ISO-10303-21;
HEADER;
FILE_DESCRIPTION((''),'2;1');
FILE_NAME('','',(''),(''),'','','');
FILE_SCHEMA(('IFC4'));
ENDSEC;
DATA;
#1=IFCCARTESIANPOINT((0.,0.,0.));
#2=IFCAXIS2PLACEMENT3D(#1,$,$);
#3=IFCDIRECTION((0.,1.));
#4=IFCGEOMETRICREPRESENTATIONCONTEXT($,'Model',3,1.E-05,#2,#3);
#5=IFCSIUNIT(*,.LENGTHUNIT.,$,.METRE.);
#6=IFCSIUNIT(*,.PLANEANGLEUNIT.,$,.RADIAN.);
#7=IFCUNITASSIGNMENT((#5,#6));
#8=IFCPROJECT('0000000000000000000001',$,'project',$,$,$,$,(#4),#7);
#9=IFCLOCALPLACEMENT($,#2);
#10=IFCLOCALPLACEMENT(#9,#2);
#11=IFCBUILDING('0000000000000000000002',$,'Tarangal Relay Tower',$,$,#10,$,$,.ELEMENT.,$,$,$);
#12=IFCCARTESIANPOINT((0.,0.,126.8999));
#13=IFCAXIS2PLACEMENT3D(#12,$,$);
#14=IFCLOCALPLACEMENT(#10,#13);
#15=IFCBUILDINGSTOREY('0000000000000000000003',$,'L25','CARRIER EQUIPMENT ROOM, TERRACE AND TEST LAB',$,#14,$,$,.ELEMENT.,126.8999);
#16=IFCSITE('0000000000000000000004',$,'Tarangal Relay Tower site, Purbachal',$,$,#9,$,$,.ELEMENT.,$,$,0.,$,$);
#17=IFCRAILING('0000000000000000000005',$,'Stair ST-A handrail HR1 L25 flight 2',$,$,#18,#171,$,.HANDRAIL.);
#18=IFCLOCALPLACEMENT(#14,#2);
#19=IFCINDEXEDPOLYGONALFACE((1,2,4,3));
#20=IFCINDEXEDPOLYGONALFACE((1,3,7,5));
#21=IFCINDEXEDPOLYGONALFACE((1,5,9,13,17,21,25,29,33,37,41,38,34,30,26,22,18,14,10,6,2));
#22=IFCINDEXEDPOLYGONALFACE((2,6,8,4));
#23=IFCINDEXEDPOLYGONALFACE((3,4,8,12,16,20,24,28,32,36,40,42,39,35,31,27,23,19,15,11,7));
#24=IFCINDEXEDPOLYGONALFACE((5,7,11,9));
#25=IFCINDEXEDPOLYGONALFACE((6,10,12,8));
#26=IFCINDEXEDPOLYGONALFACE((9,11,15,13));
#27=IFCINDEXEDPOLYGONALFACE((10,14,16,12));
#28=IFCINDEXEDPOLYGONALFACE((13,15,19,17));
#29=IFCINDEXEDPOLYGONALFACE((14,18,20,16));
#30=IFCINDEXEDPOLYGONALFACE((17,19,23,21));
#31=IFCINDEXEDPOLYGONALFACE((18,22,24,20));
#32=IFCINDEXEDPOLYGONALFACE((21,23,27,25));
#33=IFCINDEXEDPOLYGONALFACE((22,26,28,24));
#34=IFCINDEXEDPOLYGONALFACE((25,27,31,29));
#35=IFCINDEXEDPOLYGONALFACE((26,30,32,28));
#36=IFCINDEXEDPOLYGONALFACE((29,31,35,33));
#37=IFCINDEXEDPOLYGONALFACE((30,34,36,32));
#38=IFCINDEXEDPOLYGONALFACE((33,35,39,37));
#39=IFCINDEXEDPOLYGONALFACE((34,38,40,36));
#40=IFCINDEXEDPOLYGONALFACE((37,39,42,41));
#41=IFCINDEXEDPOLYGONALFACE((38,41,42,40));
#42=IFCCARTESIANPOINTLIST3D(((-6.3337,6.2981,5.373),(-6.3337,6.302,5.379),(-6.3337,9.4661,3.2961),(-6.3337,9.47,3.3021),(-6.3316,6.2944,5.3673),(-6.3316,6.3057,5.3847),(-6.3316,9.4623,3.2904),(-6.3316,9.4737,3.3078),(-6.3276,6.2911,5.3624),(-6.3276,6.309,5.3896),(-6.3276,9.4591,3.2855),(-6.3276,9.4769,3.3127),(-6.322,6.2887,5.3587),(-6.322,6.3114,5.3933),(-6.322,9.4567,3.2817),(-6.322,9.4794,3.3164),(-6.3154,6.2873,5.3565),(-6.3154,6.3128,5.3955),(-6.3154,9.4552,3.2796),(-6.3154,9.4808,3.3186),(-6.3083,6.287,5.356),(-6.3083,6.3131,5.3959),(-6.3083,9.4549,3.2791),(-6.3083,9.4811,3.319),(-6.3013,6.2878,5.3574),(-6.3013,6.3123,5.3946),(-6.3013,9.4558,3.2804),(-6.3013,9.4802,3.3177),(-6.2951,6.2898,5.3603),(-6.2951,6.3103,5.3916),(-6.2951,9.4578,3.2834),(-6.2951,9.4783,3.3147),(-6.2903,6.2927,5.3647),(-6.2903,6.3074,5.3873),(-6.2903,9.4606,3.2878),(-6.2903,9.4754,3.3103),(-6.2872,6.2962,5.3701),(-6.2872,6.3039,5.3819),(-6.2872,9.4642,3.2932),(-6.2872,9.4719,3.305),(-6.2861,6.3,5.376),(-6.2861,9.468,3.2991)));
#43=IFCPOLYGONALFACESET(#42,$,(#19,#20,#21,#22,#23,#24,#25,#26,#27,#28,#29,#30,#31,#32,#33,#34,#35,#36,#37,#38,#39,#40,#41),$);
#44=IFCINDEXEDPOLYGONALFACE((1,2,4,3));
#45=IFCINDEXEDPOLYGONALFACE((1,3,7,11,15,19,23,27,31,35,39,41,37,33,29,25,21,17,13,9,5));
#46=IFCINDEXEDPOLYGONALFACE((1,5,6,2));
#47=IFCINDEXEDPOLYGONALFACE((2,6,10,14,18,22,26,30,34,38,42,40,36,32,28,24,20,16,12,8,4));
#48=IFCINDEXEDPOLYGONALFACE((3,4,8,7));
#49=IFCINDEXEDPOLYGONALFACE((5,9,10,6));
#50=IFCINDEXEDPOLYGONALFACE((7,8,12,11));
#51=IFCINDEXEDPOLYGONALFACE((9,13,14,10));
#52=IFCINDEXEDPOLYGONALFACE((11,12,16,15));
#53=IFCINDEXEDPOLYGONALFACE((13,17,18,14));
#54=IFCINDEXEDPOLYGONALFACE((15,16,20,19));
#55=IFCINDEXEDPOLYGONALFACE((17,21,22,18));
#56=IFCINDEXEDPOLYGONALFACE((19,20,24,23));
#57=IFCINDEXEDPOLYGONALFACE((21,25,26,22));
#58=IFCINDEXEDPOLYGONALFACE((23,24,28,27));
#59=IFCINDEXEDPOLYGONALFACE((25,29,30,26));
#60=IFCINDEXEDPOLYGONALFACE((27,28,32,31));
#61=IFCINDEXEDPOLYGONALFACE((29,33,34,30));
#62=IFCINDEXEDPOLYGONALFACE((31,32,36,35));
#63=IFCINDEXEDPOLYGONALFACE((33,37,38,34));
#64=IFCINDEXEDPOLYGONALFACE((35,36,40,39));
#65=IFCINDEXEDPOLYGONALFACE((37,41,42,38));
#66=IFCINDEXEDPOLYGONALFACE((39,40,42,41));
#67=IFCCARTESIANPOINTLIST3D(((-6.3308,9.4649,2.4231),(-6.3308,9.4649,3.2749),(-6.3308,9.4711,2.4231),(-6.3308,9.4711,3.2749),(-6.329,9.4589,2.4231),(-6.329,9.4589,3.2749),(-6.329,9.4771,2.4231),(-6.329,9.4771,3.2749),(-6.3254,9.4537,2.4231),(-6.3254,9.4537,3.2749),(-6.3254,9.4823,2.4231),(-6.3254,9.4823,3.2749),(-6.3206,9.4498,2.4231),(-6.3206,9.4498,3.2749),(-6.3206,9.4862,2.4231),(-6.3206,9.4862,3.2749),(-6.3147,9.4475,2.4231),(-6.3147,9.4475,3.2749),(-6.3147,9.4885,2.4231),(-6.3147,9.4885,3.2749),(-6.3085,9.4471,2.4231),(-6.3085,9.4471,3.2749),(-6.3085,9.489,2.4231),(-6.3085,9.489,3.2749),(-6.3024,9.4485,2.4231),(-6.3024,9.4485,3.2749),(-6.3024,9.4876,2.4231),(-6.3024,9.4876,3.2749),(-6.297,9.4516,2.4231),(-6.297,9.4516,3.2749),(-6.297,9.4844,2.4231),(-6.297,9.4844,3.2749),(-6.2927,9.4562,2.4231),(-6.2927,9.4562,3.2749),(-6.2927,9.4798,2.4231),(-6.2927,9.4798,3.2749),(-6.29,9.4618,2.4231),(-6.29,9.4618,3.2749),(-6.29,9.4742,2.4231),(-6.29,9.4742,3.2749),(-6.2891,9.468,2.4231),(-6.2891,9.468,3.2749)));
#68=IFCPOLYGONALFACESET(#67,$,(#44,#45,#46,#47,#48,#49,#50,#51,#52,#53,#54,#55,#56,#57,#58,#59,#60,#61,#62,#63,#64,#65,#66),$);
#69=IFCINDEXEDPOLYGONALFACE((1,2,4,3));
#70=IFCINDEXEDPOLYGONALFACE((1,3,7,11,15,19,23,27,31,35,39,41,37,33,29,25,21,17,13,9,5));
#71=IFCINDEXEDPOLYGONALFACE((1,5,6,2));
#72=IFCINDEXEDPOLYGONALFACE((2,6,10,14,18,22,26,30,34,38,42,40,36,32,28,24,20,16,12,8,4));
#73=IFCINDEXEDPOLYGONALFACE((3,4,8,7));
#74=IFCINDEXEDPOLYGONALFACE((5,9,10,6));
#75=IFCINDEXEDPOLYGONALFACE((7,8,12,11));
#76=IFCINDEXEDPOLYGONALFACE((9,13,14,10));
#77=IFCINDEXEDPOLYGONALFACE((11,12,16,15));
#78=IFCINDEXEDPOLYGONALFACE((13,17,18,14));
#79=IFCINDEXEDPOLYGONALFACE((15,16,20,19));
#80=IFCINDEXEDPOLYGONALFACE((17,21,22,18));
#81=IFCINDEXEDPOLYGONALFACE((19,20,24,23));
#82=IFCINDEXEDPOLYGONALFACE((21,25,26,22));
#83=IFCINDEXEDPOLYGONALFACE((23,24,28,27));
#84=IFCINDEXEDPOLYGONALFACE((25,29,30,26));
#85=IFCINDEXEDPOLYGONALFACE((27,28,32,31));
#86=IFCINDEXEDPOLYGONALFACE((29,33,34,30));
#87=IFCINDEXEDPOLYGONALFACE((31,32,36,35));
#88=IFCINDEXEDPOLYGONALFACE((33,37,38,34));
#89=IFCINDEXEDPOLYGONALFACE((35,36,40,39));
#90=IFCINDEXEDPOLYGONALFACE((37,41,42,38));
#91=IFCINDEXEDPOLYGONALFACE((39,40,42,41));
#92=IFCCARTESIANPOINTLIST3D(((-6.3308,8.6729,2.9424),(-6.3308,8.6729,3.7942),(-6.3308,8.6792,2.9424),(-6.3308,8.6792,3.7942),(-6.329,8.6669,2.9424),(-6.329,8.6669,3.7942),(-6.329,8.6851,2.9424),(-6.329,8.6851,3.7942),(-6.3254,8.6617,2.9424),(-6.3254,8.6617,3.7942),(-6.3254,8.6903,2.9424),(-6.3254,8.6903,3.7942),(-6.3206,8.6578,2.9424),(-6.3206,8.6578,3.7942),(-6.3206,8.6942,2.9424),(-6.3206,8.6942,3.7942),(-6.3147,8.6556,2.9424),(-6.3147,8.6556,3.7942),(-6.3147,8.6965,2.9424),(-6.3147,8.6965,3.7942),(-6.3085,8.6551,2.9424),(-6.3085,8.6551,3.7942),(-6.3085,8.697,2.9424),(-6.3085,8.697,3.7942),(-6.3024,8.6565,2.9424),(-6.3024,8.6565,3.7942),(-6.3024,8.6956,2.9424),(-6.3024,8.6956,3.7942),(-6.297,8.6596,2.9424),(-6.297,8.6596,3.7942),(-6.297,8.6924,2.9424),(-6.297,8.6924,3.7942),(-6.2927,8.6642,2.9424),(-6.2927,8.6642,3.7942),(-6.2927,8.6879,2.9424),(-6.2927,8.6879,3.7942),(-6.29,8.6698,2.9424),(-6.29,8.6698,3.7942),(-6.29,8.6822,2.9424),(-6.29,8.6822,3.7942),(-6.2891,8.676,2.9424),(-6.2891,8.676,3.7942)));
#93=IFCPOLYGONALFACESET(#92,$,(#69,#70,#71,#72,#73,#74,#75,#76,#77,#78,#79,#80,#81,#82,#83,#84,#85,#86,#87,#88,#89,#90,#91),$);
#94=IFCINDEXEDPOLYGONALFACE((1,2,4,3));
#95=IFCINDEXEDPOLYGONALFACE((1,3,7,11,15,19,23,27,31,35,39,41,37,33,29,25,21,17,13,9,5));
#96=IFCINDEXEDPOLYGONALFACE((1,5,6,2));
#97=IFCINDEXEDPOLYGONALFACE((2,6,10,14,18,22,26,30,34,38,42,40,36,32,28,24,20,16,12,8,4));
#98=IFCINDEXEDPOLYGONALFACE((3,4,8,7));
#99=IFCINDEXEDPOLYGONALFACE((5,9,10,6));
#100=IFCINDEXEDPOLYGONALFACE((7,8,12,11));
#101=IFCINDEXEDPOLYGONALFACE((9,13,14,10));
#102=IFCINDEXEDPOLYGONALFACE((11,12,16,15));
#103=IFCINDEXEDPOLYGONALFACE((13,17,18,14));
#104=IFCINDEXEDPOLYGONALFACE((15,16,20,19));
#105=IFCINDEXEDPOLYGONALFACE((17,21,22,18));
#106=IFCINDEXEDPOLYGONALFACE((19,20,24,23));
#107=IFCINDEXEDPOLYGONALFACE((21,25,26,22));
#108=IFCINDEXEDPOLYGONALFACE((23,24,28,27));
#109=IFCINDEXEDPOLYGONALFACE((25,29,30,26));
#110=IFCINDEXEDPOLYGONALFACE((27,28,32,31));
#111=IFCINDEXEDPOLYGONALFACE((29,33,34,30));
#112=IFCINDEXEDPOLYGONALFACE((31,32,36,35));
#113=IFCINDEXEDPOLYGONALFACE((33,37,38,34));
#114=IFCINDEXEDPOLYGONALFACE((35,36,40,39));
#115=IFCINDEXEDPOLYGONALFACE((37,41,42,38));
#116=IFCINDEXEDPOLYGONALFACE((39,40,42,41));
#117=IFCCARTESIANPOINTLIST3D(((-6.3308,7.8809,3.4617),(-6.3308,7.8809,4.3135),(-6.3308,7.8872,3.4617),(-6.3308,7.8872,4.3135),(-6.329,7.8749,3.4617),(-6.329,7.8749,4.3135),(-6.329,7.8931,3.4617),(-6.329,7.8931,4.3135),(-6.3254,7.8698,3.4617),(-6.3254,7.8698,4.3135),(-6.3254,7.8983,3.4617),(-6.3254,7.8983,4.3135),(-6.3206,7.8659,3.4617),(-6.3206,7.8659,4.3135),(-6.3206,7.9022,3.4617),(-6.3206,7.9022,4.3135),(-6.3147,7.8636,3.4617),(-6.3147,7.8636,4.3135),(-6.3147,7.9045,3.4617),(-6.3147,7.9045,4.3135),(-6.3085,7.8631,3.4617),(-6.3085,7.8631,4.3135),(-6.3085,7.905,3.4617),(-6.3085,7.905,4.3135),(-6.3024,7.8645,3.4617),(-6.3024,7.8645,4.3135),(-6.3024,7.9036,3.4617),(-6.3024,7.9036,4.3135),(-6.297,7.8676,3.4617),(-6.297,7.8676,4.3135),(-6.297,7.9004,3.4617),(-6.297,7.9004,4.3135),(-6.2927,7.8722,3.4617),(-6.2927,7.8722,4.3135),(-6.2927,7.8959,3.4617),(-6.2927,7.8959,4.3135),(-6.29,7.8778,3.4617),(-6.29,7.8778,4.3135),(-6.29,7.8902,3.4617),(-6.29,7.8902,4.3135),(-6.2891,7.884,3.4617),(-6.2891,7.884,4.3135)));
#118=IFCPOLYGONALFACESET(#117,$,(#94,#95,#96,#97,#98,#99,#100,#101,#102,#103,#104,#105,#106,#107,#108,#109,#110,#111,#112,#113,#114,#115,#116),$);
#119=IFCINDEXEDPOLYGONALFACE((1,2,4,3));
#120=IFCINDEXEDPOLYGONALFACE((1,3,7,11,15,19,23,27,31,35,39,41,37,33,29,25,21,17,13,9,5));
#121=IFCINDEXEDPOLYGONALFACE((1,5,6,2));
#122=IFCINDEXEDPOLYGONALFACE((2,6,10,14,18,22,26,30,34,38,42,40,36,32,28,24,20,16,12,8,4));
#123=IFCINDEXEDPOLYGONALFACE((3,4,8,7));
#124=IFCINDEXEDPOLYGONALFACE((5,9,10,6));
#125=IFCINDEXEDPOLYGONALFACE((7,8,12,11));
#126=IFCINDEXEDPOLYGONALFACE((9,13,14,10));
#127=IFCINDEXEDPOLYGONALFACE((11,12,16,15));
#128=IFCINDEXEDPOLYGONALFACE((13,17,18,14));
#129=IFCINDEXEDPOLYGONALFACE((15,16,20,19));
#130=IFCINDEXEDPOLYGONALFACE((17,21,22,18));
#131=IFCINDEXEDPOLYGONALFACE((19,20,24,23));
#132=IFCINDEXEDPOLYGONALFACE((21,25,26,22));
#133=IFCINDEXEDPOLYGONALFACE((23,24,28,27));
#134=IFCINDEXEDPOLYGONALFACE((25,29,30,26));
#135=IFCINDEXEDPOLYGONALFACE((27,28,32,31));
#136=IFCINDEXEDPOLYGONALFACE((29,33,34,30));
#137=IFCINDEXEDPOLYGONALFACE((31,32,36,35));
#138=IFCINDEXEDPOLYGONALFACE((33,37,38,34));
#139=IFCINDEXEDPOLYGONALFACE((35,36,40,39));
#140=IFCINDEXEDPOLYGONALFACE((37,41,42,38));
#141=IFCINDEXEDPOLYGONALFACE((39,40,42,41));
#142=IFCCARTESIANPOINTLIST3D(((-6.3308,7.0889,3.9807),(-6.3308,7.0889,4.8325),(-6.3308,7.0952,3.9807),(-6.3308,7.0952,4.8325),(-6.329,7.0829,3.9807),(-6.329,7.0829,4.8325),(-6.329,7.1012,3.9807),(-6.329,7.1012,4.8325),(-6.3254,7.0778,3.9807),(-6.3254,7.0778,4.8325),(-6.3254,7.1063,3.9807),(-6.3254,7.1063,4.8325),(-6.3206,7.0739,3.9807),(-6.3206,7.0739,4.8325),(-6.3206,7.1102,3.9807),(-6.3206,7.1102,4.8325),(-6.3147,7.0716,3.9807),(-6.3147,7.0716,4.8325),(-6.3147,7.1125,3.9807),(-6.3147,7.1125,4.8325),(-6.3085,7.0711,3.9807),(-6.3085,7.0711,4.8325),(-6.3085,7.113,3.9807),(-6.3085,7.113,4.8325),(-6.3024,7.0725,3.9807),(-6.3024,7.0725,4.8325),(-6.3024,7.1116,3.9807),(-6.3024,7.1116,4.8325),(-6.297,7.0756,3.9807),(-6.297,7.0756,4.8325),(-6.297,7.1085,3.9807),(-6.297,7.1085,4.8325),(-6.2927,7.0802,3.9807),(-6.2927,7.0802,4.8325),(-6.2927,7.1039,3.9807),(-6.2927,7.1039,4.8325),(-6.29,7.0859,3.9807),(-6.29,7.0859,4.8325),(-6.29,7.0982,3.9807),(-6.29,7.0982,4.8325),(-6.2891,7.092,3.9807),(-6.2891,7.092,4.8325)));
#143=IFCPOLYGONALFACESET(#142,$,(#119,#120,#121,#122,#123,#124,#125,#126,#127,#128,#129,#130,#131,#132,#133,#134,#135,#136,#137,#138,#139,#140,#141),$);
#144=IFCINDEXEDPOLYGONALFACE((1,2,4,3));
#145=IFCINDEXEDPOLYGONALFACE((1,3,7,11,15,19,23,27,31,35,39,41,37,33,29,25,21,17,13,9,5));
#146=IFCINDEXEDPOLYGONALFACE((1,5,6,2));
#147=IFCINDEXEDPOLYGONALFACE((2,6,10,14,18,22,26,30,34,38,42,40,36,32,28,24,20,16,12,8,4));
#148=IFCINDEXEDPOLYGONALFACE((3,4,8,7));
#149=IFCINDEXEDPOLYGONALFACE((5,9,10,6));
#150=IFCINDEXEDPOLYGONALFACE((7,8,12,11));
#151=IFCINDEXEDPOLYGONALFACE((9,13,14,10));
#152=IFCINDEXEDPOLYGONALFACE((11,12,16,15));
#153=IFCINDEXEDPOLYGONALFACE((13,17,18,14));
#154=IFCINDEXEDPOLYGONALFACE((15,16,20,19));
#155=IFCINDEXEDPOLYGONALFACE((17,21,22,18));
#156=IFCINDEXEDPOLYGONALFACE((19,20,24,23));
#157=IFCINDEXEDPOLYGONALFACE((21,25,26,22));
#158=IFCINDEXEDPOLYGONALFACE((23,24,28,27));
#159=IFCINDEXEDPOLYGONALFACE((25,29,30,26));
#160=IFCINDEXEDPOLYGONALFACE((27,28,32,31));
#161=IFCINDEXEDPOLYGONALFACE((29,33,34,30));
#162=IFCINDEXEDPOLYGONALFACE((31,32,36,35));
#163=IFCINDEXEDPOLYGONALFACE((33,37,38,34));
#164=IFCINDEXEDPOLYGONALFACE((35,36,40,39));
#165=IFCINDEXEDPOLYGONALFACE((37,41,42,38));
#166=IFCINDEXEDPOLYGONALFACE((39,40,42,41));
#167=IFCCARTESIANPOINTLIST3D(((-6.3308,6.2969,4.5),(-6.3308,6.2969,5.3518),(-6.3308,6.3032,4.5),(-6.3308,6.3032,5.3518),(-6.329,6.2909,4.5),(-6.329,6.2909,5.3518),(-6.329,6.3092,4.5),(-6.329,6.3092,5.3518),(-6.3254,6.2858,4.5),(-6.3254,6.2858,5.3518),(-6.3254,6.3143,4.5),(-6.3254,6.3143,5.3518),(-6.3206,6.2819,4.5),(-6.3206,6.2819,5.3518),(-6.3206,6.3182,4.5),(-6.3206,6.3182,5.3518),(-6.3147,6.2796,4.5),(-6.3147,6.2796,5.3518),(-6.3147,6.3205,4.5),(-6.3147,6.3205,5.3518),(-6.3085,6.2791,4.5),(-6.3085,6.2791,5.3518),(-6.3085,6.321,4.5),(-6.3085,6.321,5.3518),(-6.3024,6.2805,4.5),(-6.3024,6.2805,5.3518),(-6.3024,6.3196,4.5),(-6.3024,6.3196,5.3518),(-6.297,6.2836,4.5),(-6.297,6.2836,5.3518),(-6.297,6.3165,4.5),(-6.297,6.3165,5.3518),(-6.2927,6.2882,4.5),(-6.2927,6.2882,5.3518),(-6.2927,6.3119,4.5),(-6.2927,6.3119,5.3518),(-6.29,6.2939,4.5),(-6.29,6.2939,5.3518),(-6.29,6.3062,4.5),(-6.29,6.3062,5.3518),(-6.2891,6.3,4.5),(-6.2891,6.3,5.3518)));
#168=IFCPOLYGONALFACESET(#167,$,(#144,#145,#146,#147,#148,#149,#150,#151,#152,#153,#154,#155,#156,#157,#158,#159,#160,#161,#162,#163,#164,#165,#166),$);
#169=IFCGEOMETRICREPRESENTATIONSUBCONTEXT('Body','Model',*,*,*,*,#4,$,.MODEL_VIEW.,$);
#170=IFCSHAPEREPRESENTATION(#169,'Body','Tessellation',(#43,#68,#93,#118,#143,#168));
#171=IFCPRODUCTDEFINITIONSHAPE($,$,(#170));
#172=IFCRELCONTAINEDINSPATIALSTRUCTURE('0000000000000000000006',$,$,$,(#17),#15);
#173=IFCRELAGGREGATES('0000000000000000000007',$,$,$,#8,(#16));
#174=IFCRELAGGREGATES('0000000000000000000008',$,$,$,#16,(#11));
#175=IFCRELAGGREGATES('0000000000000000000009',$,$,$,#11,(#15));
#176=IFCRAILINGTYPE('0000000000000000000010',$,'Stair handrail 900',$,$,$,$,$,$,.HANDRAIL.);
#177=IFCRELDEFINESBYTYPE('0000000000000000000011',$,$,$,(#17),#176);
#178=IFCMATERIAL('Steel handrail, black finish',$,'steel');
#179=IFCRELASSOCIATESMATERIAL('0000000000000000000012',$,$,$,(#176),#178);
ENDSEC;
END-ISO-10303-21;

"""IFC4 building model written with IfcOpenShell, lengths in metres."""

from ifc_helpers import new_model, si_unit, direction, frame, origin, origin_2d, place, context, subcontext, project, spatial, circle, extrude, material, type_object, element, save


model = new_model("IFC4")

# Units and contexts
model_context = context("Model", 3, precision=1e-05, world=origin(), true_north=direction((0.0, 1.0)))
body_context = subcontext(model_context, "Body", "Model", "MODEL_VIEW")
ifc_project = project(units=[si_unit("LENGTHUNIT", "METRE"), si_unit("PLANEANGLEUNIT", "RADIAN")], contexts=[model_context])

# Site, building, storey
site_placement = place(None, origin())
site = spatial("IfcSite", under=ifc_project, at=site_placement, Name="Tarangal Relay Tower site, Purbachal", CompositionType="ELEMENT", RefElevation=0.0)
building_placement = place(site_placement, origin())
building = spatial("IfcBuilding", under=site, at=building_placement, Name="Tarangal Relay Tower", CompositionType="ELEMENT")
storey_placement = place(building_placement, frame((0.0, 0.0, 126.8999)))
storey = spatial("IfcBuildingStorey", under=building, at=storey_placement, Name="L25", Description="CARRIER EQUIPMENT ROOM, TERRACE AND TEST LAB", CompositionType="ELEMENT", Elevation=126.8999)

# Railing
ifc_material_1 = material(Name="Steel handrail, black finish", Category="steel")
railing_type_1 = type_object("IfcRailingType", Name="Stair handrail 900", PredefinedType="HANDRAIL", material=ifc_material_1)
railing_1_placement = place(storey_placement, frame((-6.3101, 9.468, 2.4231)))
element("IfcRailing", 1, at=railing_1_placement, inside=storey, type_object=railing_type_1, Name="Stair ST-A handrail HR1 L25 flight 2", PredefinedType="HANDRAIL", context=body_context, shape_type="SweptSolid", body=[
    extrude(circle(Radius=0.0239, at=origin_2d()), frame((0.0, 0.0, 0.876), z_axis=(0.0, -0.836299, 0.548273), x_axis=(1.0, 0.0, 0.0)), (0.0, 0.0, 1.0), 3.7881),
    extrude(circle(Radius=0.021, at=origin_2d()), origin(), (0.0, 0.0, 1.0), 0.8518),
    extrude(circle(Radius=0.021, at=origin_2d()), frame((0.0, -0.792, 0.5193)), (0.0, 0.0, 1.0), 0.8518),
    extrude(circle(Radius=0.021, at=origin_2d()), frame((0.0, -1.584, 1.0386)), (0.0, 0.0, 1.0), 0.8518),
    extrude(circle(Radius=0.021, at=origin_2d()), frame((0.0, -2.376, 1.5576)), (0.0, 0.0, 1.0), 0.8518),
    extrude(circle(Radius=0.021, at=origin_2d()), frame((0.0, -3.168, 2.0769)), (0.0, 0.0, 1.0), 0.8518),
])

save(model, "model.ifc")
